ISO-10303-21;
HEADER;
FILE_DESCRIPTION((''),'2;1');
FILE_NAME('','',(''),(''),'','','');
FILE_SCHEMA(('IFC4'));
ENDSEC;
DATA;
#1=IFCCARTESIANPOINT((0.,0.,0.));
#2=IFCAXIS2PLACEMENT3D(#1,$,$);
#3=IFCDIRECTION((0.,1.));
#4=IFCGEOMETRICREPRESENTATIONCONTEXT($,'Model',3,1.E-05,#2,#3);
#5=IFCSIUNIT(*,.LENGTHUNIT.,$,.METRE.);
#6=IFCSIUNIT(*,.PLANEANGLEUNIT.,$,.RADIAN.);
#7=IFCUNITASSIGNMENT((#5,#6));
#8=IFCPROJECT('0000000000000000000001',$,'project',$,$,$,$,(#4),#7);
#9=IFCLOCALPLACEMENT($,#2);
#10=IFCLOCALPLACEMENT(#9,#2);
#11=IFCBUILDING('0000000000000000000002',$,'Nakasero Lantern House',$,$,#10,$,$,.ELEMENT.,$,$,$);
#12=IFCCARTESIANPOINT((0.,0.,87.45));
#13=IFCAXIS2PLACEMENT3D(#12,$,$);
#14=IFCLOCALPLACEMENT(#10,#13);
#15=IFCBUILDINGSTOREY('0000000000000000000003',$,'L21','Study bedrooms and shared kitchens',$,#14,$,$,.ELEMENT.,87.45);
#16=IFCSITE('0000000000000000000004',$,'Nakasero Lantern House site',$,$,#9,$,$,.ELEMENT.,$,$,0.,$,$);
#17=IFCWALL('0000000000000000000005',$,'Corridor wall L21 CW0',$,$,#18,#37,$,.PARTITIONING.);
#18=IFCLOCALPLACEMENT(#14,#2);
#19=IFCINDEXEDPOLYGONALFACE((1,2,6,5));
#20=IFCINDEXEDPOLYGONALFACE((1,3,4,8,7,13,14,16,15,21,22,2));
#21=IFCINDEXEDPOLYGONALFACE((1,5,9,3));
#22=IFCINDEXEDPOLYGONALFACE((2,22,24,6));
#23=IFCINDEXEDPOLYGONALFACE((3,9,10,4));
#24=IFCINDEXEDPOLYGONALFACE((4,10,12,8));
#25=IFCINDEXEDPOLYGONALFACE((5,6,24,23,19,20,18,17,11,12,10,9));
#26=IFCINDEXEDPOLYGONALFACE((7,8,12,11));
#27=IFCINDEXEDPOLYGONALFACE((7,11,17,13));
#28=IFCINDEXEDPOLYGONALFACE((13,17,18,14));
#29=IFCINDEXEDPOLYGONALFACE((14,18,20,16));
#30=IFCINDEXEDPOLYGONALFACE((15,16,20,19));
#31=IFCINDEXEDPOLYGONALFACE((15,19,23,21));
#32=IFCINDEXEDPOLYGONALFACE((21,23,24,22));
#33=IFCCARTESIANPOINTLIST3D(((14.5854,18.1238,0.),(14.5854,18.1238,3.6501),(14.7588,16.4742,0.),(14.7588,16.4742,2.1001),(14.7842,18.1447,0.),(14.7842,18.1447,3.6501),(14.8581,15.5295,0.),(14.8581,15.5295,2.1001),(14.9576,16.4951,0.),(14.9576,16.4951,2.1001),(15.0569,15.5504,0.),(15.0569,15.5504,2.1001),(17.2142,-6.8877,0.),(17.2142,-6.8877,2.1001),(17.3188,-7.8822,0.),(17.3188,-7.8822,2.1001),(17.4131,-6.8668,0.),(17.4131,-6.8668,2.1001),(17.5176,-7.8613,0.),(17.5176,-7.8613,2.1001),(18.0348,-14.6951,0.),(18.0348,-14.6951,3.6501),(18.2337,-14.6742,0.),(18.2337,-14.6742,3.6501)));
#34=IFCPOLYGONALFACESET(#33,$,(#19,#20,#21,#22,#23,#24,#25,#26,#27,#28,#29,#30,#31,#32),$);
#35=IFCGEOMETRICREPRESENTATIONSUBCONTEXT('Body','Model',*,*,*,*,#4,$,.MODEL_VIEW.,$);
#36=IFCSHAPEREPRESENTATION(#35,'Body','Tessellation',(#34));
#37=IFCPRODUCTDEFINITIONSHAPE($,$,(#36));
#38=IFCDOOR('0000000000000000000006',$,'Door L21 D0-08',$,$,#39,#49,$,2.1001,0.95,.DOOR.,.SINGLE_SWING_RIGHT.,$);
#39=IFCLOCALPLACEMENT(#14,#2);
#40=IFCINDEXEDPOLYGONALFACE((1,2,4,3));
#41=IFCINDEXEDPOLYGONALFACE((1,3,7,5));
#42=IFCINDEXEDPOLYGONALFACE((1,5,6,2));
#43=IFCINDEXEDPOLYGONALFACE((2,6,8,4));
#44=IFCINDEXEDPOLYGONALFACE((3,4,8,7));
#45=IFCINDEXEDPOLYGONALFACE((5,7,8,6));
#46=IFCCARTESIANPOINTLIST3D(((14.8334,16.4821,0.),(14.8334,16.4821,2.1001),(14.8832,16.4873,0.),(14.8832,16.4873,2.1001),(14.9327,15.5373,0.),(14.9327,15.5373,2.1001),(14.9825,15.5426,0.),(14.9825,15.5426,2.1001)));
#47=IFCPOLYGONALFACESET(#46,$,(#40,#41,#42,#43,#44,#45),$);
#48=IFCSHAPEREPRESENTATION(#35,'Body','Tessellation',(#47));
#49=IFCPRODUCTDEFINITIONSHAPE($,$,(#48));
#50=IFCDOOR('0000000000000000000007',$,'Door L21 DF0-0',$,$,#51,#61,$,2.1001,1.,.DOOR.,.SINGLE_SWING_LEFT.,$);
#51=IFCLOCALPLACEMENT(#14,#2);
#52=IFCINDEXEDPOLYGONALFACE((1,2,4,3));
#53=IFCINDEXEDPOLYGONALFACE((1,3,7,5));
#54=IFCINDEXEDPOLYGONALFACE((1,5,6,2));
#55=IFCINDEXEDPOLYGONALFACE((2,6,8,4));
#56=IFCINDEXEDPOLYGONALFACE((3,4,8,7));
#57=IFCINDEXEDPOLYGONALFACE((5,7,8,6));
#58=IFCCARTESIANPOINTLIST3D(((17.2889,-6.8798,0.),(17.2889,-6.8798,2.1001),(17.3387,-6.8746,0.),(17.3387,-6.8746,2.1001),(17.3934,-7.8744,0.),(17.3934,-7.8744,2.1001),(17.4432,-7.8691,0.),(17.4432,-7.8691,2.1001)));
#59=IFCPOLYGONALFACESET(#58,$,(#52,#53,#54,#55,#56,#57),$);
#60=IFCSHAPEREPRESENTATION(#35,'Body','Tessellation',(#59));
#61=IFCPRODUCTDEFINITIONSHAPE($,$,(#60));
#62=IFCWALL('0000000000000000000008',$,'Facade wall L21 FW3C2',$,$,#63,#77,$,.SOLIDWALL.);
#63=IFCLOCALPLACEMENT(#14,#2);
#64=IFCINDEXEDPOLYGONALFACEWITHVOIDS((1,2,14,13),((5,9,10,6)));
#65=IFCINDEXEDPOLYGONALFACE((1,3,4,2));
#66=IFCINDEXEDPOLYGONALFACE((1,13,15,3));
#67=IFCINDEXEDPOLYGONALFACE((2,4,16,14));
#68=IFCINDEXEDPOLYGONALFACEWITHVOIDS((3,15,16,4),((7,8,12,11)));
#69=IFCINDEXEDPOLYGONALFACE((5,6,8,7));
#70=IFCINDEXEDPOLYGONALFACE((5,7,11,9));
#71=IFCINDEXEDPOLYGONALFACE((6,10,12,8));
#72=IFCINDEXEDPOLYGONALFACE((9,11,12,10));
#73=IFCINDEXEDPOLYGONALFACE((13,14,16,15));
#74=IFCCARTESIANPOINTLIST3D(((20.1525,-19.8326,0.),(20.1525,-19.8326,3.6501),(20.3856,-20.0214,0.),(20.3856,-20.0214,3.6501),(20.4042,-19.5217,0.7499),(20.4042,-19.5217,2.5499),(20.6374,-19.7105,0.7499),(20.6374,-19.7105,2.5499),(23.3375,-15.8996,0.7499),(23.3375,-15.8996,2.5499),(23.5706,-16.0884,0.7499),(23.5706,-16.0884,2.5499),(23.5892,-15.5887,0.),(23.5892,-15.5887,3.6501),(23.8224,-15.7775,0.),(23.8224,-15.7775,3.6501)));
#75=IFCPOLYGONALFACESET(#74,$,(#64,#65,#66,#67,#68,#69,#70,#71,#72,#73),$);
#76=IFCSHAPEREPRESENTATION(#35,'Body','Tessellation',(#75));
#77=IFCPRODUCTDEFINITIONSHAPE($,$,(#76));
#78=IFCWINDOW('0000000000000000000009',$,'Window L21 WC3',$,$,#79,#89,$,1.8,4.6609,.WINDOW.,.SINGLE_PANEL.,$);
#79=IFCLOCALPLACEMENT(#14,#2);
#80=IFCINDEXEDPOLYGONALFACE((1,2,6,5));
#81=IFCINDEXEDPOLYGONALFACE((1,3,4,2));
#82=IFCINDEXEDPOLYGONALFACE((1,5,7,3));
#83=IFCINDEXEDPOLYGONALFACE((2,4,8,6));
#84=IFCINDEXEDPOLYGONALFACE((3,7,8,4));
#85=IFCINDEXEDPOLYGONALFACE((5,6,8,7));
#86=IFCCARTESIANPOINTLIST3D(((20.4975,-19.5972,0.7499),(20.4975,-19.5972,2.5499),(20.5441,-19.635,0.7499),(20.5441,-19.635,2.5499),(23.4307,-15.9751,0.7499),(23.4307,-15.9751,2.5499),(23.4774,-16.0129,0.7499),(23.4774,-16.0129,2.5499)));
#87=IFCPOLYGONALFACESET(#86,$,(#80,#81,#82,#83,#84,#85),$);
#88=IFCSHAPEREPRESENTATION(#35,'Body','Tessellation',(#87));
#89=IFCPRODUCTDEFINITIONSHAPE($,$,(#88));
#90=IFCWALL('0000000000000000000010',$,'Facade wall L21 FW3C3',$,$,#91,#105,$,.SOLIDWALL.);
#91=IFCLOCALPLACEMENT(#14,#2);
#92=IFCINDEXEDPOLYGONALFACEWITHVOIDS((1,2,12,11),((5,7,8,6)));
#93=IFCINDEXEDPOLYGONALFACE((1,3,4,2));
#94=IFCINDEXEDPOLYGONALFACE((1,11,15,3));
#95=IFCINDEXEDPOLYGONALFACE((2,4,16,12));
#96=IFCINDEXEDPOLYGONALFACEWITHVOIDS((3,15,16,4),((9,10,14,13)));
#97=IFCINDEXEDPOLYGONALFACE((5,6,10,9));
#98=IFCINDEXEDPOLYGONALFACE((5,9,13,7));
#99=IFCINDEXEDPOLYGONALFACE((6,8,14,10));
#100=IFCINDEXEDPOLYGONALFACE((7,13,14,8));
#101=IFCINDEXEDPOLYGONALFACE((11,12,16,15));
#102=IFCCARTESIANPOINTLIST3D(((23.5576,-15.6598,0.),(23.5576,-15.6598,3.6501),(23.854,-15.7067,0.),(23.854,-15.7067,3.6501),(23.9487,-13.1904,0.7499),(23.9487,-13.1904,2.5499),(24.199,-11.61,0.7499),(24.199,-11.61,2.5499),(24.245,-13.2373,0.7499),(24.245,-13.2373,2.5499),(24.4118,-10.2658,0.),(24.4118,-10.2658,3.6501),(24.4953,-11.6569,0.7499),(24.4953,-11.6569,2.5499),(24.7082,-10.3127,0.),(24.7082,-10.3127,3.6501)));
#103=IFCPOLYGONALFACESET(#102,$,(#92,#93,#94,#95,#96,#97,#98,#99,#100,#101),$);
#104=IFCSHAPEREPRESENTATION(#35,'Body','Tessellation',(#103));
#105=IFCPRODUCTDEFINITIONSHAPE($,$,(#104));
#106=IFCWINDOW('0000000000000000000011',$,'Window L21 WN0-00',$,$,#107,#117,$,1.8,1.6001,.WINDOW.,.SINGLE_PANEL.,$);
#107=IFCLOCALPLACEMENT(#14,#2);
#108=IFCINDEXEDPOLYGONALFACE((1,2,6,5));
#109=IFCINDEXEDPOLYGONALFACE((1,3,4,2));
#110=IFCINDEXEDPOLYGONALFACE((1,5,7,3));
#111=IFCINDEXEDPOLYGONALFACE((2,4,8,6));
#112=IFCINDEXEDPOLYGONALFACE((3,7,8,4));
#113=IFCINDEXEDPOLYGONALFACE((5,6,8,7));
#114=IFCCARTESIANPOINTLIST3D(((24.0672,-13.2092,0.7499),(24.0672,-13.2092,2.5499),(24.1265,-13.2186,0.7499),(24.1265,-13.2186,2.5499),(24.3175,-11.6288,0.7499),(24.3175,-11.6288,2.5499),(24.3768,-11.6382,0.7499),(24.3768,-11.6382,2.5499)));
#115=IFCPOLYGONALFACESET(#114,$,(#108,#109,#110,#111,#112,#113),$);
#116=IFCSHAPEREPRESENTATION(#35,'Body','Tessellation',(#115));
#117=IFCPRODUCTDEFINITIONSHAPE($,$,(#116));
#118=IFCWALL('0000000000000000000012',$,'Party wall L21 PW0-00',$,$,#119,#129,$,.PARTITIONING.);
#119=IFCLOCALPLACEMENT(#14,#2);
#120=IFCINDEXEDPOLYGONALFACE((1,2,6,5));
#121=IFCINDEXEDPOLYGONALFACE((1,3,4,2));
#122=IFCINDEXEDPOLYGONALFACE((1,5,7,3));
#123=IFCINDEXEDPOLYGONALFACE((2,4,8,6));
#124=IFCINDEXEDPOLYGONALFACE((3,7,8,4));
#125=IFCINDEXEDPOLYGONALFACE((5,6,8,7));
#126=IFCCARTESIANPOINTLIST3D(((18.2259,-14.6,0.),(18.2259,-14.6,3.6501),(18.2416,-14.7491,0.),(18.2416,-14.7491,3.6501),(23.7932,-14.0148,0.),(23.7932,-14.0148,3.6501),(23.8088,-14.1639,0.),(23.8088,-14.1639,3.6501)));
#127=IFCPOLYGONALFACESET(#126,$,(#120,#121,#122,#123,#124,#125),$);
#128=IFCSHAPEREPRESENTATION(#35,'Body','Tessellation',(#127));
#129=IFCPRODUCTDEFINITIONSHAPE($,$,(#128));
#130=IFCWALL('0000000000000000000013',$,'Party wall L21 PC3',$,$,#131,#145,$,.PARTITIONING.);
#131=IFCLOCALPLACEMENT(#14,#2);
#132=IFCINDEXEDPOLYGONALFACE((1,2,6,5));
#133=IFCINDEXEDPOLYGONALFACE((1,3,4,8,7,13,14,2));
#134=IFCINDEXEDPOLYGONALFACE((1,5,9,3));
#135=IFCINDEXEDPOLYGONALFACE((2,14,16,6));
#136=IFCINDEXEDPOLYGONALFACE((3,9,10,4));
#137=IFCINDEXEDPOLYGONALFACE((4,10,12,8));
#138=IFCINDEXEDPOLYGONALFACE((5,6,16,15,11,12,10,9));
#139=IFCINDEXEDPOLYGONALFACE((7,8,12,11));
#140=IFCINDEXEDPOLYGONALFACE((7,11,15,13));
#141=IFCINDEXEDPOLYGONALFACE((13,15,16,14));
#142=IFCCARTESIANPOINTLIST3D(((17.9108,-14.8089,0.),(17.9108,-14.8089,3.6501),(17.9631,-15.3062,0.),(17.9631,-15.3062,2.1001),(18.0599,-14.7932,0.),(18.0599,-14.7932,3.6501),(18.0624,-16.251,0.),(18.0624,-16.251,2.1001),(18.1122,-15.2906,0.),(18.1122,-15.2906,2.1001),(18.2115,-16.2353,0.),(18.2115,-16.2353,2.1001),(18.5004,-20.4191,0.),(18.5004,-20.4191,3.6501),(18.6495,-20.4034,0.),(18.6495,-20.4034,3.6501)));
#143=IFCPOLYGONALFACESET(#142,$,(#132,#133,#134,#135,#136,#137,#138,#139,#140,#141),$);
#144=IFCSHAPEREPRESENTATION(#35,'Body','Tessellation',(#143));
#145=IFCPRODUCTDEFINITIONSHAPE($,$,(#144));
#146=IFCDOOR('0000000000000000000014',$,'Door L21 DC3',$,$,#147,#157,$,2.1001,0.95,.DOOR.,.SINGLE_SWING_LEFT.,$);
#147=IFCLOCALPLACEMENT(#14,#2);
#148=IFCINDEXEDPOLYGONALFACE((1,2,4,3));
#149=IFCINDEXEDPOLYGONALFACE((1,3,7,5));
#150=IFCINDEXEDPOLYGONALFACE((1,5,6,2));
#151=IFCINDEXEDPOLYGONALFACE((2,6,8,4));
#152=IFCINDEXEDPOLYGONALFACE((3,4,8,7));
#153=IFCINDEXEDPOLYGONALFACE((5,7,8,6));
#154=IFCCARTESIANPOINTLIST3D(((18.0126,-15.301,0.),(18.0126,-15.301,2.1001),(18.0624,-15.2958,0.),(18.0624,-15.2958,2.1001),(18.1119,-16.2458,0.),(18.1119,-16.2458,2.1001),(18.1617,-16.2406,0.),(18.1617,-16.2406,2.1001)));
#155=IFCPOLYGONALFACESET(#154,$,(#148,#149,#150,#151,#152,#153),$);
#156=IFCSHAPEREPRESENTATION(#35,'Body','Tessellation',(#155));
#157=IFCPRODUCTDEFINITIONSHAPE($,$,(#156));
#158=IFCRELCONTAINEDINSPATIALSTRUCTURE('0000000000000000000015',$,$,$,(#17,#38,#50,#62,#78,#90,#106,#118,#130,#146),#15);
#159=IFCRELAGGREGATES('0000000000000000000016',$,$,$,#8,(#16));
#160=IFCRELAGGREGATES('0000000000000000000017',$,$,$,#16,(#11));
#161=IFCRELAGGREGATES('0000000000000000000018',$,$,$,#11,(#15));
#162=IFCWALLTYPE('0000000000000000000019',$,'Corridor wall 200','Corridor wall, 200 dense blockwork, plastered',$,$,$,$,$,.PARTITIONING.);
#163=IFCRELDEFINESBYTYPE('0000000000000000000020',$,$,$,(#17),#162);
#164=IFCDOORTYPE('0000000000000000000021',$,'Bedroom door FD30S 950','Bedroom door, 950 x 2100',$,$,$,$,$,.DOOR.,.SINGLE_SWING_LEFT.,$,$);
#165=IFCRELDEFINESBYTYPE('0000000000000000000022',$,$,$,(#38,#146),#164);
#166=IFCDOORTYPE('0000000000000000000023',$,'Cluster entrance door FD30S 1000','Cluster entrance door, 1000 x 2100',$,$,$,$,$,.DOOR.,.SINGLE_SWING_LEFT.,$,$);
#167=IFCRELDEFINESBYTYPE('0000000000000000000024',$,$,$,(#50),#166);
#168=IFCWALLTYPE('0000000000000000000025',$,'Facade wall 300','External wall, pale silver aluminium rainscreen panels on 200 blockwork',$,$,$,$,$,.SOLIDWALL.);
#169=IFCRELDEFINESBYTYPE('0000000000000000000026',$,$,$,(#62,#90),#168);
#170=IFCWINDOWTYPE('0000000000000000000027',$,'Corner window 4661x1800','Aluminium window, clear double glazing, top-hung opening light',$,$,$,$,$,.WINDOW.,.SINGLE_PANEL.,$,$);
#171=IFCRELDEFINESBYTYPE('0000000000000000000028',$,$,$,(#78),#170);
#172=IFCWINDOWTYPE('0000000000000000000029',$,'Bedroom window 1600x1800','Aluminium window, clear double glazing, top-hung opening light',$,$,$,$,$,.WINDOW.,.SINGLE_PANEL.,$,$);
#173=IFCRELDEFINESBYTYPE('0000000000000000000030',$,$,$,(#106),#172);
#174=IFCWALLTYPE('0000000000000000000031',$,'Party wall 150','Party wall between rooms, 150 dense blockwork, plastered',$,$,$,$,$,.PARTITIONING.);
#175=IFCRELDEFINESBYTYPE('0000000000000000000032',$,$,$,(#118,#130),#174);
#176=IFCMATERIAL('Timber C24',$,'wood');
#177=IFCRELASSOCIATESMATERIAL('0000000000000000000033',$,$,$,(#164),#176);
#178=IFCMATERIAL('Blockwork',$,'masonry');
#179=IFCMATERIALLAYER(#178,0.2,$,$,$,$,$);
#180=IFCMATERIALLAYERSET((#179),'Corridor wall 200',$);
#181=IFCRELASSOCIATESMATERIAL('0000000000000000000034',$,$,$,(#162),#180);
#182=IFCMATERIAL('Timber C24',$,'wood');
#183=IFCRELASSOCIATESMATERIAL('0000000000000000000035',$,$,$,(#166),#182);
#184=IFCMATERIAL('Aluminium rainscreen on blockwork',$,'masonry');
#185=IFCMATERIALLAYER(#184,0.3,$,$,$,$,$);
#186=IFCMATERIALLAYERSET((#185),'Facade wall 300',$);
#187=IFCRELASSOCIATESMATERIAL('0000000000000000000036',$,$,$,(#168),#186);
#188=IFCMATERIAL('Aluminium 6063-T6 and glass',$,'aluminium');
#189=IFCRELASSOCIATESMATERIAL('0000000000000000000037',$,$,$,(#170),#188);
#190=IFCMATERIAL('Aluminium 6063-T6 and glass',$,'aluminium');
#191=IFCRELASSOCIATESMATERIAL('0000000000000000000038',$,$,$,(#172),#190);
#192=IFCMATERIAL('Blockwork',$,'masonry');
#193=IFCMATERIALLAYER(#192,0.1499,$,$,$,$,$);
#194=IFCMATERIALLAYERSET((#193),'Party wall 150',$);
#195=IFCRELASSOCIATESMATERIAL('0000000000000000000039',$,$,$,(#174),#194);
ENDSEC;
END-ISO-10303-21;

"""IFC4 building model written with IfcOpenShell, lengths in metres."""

from ifc_helpers import new_model, si_unit, direction, frame, frame_2d, origin, place, context, subcontext, project, spatial, rectangle, extrude, material, layer, layer_set, type_object, element, fill, save


model = new_model("IFC4")

# Units and contexts
model_context = context("Model", 3, precision=1e-05, world=origin(), true_north=direction((0.0, 1.0)))
body_context = subcontext(model_context, "Body", "Model", "MODEL_VIEW")
ifc_project = project(units=[si_unit("LENGTHUNIT", "METRE"), si_unit("PLANEANGLEUNIT", "RADIAN")], contexts=[model_context])

# Site, building, storey
site_placement = place(None, origin())
site = spatial("IfcSite", under=ifc_project, at=site_placement, Name="Nakasero Lantern House site", CompositionType="ELEMENT", RefElevation=0.0)
building_placement = place(site_placement, origin())
building = spatial("IfcBuilding", under=site, at=building_placement, Name="Nakasero Lantern House", CompositionType="ELEMENT")
storey_placement = place(building_placement, frame((0.0, 0.0, 87.45)))
storey = spatial("IfcBuildingStorey", under=building, at=storey_placement, Name="L21", Description="Study bedrooms and shared kitchens", CompositionType="ELEMENT", Elevation=87.45)

# Wall, openings, doors
ifc_material_1 = material(Name="Timber C24", Category="wood")
door_type_1 = type_object("IfcDoorType", Name="Bedroom door FD30S 950", Description="Bedroom door, 950 x 2100", OperationType="SINGLE_SWING_LEFT", PredefinedType="DOOR", material=ifc_material_1)
ifc_material_2 = material(Name="Blockwork", Category="masonry")
ifc_layer_1 = layer(ifc_material_2, 0.2)
ifc_layer_set_1 = layer_set([ifc_layer_1], Name="Corridor wall 200")
wall_type_1 = type_object("IfcWallType", Name="Corridor wall 200", Description="Corridor wall, 200 dense blockwork, plastered", PredefinedType="PARTITIONING", material=ifc_layer_set_1)
wall_1_placement = place(storey_placement, frame((18.1343, -14.6848, 0.0), z_axis=(0.0, 0.0, 1.0), x_axis=(-0.10453, 0.994522, 0.0)))
wall_1 = element("IfcWall", 1, at=wall_1_placement, inside=storey, type_object=wall_type_1, Name="Corridor wall L21 CW0", PredefinedType="PARTITIONING", context=body_context, shape_type="SweptSolid", body=[
    extrude(rectangle(XDim=32.9998, YDim=0.2, at=frame_2d((16.5, 0.0))), origin(), (0.0, 0.0, 1.0), 3.6501),
])
opening_1_placement = place(wall_1_placement, frame((6.8506, 0.0, 0.0)))
opening_1 = element("IfcOpeningElement", 2, at=opening_1_placement, cuts=wall_1, PredefinedType="OPENING", context=body_context, shape_type="SweptSolid", body=[
    extrude(rectangle(XDim=1.0, YDim=2.1001, at=frame_2d((0.5, 1.05))), frame((0.0, 0.1199, 0.0), z_axis=(0.0, -1.0, 0.0), x_axis=(1.0, 0.0, 0.0)), (0.0, 0.0, 1.0), 0.24),
])
opening_2_placement = place(wall_1_placement, frame((30.3911, 0.0, 0.0)))
opening_2 = element("IfcOpeningElement", 3, at=opening_2_placement, cuts=wall_1, PredefinedType="OPENING", context=body_context, shape_type="SweptSolid", body=[
    extrude(rectangle(XDim=0.95, YDim=2.1001, at=frame_2d((0.4751, 1.05))), frame((0.0, 0.1199, 0.0), z_axis=(0.0, -1.0, 0.0), x_axis=(1.0, 0.0, 0.0)), (0.0, 0.0, 1.0), 0.24),
])
door_1_placement = place(opening_2_placement, origin())
door_1 = element("IfcDoor", 4, at=door_1_placement, inside=storey, type_object=door_type_1, Name="Door L21 D0-08", OperationType="SINGLE_SWING_RIGHT", OverallHeight=2.1001, OverallWidth=0.95, PredefinedType="DOOR", context=body_context, shape_type="SweptSolid", body=[
    extrude(rectangle(XDim=0.95, YDim=2.1001, at=frame_2d((0.4751, 1.05))), frame((0.0, 0.0249, 0.0), z_axis=(0.0, -1.0, 0.0), x_axis=(1.0, 0.0, 0.0)), (0.0, 0.0, 1.0), 0.05),
])
fill(opening_2, door_1)
ifc_material_3 = material(Name="Timber C24", Category="wood")
door_type_2 = type_object("IfcDoorType", Name="Cluster entrance door FD30S 1000", Description="Cluster entrance door, 1000 x 2100", OperationType="SINGLE_SWING_LEFT", PredefinedType="DOOR", material=ifc_material_3)
door_2_placement = place(opening_1_placement, origin())
door_2 = element("IfcDoor", 5, at=door_2_placement, inside=storey, type_object=door_type_2, Name="Door L21 DF0-0", OperationType="SINGLE_SWING_LEFT", OverallHeight=2.1001, OverallWidth=1.0, PredefinedType="DOOR", context=body_context, shape_type="SweptSolid", body=[
    extrude(rectangle(XDim=1.0, YDim=2.1001, at=frame_2d((0.5, 1.05))), frame((0.0, 0.0249, 0.0), z_axis=(0.0, -1.0, 0.0), x_axis=(1.0, 0.0, 0.0)), (0.0, 0.0, 1.0), 0.05),
])
fill(opening_1, door_2)

# Walls, openings, windows
ifc_material_4 = material(Name="Aluminium rainscreen on blockwork", Category="masonry")
ifc_layer_2 = layer(ifc_material_4, 0.3)
ifc_layer_set_2 = layer_set([ifc_layer_2], Name="Facade wall 300")
wall_type_2 = type_object("IfcWallType", Name="Facade wall 300", Description="External wall, pale silver aluminium rainscreen panels on 200 blockwork", PredefinedType="SOLIDWALL", material=ifc_layer_set_2)
wall_2_placement = place(storey_placement, frame((20.269, -19.927, 0.0), z_axis=(0.0, 0.0, 1.0), x_axis=(0.629335, 0.777135, 0.0)))
wall_2 = element("IfcWall", 6, at=wall_2_placement, inside=storey, type_object=wall_type_2, Name="Facade wall L21 FW3C2", PredefinedType="SOLIDWALL", context=body_context, shape_type="SweptSolid", body=[
    extrude(rectangle(XDim=5.4609, YDim=0.3, at=frame_2d((2.7305, 0.0))), origin(), (0.0, 0.0, 1.0), 3.6501),
])
opening_3_placement = place(wall_2_placement, frame((0.3999, 0.0, 0.75)))
opening_3 = element("IfcOpeningElement", 7, at=opening_3_placement, cuts=wall_2, PredefinedType="OPENING", context=body_context, shape_type="SweptSolid", body=[
    extrude(rectangle(XDim=4.6609, YDim=1.8, at=frame_2d((2.3306, 0.8999))), frame((0.0, 0.1699, 0.0), z_axis=(0.0, -1.0, 0.0), x_axis=(1.0, 0.0, 0.0)), (0.0, 0.0, 1.0), 0.3401),
])
ifc_material_5 = material(Name="Aluminium 6063-T6 and glass", Category="aluminium")
window_type_1 = type_object("IfcWindowType", Name="Corner window 4661x1800", Description="Aluminium window, clear double glazing, top-hung opening light", PartitioningType="SINGLE_PANEL", PredefinedType="WINDOW", material=ifc_material_5)
window_1_placement = place(opening_3_placement, origin())
window_1 = element("IfcWindow", 8, at=window_1_placement, inside=storey, type_object=window_type_1, Name="Window L21 WC3", OverallHeight=1.8, OverallWidth=4.6609, PartitioningType="SINGLE_PANEL", PredefinedType="WINDOW", context=body_context, shape_type="SweptSolid", body=[
    extrude(rectangle(XDim=4.6609, YDim=1.8, at=frame_2d((2.3306, 0.8999))), frame((0.0, 0.03, 0.0), z_axis=(0.0, -1.0, 0.0), x_axis=(1.0, 0.0, 0.0)), (0.0, 0.0, 1.0), 0.0601),
])
fill(opening_3, window_1)
wall_3_placement = place(storey_placement, frame((23.7058, -15.6831, 0.0), z_axis=(0.0, 0.0, 1.0), x_axis=(0.156419, 0.987691, 0.0)))
wall_3 = element("IfcWall", 9, at=wall_3_placement, inside=storey, type_object=wall_type_2, Name="Facade wall L21 FW3C3", PredefinedType="SOLIDWALL", context=body_context, shape_type="SweptSolid", body=[
    extrude(rectangle(XDim=5.4612, YDim=0.3, at=frame_2d((2.7305, 0.0))), origin(), (0.0, 0.0, 1.0), 3.6501),
])
opening_4_placement = place(wall_3_placement, frame((2.5, 0.0, 0.75)))
opening_4 = element("IfcOpeningElement", 10, at=opening_4_placement, cuts=wall_3, PredefinedType="OPENING", context=body_context, shape_type="SweptSolid", body=[
    extrude(rectangle(XDim=1.6001, YDim=1.8, at=frame_2d((0.8, 0.8999))), frame((0.0, 0.1699, 0.0), z_axis=(0.0, -1.0, 0.0), x_axis=(1.0, 0.0, 0.0)), (0.0, 0.0, 1.0), 0.3401),
])
ifc_material_6 = material(Name="Aluminium 6063-T6 and glass", Category="aluminium")
window_type_2 = type_object("IfcWindowType", Name="Bedroom window 1600x1800", Description="Aluminium window, clear double glazing, top-hung opening light", PartitioningType="SINGLE_PANEL", PredefinedType="WINDOW", material=ifc_material_6)
window_2_placement = place(opening_4_placement, origin())
window_2 = element("IfcWindow", 11, at=window_2_placement, inside=storey, type_object=window_type_2, Name="Window L21 WN0-00", OverallHeight=1.8, OverallWidth=1.6001, PartitioningType="SINGLE_PANEL", PredefinedType="WINDOW", context=body_context, shape_type="SweptSolid", body=[
    extrude(rectangle(XDim=1.6001, YDim=1.8, at=frame_2d((0.8, 0.8999))), frame((0.0, 0.03, 0.0), z_axis=(0.0, -1.0, 0.0), x_axis=(1.0, 0.0, 0.0)), (0.0, 0.0, 1.0), 0.0601),
])
fill(opening_4, window_2)

# Wall
ifc_material_7 = material(Name="Blockwork", Category="masonry")
ifc_layer_3 = layer(ifc_material_7, 0.1499)
ifc_layer_set_3 = layer_set([ifc_layer_3], Name="Party wall 150")
wall_type_3 = type_object("IfcWallType", Name="Party wall 150", Description="Party wall between rooms, 150 dense blockwork, plastered", PredefinedType="PARTITIONING", material=ifc_layer_set_3)
wall_4_placement = place(storey_placement, frame((18.2339, -14.6746, 0.0), z_axis=(0.0, 0.0, 1.0), x_axis=(0.99452, 0.104542, 0.0)))
element("IfcWall", 12, at=wall_4_placement, inside=storey, type_object=wall_type_3, Name="Party wall L21 PW0-00", PredefinedType="PARTITIONING", context=body_context, shape_type="SweptSolid", body=[
    extrude(rectangle(XDim=5.5979, YDim=0.1499, at=frame_2d((2.7988, 0.0))), origin(), (0.0, 0.0, 1.0), 3.6501),
])

# Wall, opening, door
wall_5_placement = place(storey_placement, frame((17.9854, -14.801, 0.0), z_axis=(0.0, 0.0, 1.0), x_axis=(0.10452, -0.994523, 0.0)))
wall_5 = element("IfcWall", 13, at=wall_5_placement, inside=storey, type_object=wall_type_3, Name="Party wall L21 PC3", PredefinedType="PARTITIONING", context=body_context, shape_type="SweptSolid", body=[
    extrude(rectangle(XDim=5.6411, YDim=0.1499, at=frame_2d((2.8206, 0.0))), origin(), (0.0, 0.0, 1.0), 3.6501),
])
opening_5_placement = place(wall_5_placement, frame((0.5, 0.0, 0.0)))
opening_5 = element("IfcOpeningElement", 14, at=opening_5_placement, cuts=wall_5, PredefinedType="OPENING", context=body_context, shape_type="SweptSolid", body=[
    extrude(rectangle(XDim=0.95, YDim=2.1001, at=frame_2d((0.4751, 1.05))), frame((0.0, 0.095, 0.0), z_axis=(0.0, -1.0, 0.0), x_axis=(1.0, 0.0, 0.0)), (0.0, 0.0, 1.0), 0.1899),
])
door_3_placement = place(opening_5_placement, origin())
door_3 = element("IfcDoor", 15, at=door_3_placement, inside=storey, type_object=door_type_1, Name="Door L21 DC3", OperationType="SINGLE_SWING_LEFT", OverallHeight=2.1001, OverallWidth=0.95, PredefinedType="DOOR", context=body_context, shape_type="SweptSolid", body=[
    extrude(rectangle(XDim=0.95, YDim=2.1001, at=frame_2d((0.4751, 1.05))), frame((0.0, 0.0249, 0.0), z_axis=(0.0, -1.0, 0.0), x_axis=(1.0, 0.0, 0.0)), (0.0, 0.0, 1.0), 0.05),
])
fill(opening_5, door_3)

save(model, "model.ifc")
